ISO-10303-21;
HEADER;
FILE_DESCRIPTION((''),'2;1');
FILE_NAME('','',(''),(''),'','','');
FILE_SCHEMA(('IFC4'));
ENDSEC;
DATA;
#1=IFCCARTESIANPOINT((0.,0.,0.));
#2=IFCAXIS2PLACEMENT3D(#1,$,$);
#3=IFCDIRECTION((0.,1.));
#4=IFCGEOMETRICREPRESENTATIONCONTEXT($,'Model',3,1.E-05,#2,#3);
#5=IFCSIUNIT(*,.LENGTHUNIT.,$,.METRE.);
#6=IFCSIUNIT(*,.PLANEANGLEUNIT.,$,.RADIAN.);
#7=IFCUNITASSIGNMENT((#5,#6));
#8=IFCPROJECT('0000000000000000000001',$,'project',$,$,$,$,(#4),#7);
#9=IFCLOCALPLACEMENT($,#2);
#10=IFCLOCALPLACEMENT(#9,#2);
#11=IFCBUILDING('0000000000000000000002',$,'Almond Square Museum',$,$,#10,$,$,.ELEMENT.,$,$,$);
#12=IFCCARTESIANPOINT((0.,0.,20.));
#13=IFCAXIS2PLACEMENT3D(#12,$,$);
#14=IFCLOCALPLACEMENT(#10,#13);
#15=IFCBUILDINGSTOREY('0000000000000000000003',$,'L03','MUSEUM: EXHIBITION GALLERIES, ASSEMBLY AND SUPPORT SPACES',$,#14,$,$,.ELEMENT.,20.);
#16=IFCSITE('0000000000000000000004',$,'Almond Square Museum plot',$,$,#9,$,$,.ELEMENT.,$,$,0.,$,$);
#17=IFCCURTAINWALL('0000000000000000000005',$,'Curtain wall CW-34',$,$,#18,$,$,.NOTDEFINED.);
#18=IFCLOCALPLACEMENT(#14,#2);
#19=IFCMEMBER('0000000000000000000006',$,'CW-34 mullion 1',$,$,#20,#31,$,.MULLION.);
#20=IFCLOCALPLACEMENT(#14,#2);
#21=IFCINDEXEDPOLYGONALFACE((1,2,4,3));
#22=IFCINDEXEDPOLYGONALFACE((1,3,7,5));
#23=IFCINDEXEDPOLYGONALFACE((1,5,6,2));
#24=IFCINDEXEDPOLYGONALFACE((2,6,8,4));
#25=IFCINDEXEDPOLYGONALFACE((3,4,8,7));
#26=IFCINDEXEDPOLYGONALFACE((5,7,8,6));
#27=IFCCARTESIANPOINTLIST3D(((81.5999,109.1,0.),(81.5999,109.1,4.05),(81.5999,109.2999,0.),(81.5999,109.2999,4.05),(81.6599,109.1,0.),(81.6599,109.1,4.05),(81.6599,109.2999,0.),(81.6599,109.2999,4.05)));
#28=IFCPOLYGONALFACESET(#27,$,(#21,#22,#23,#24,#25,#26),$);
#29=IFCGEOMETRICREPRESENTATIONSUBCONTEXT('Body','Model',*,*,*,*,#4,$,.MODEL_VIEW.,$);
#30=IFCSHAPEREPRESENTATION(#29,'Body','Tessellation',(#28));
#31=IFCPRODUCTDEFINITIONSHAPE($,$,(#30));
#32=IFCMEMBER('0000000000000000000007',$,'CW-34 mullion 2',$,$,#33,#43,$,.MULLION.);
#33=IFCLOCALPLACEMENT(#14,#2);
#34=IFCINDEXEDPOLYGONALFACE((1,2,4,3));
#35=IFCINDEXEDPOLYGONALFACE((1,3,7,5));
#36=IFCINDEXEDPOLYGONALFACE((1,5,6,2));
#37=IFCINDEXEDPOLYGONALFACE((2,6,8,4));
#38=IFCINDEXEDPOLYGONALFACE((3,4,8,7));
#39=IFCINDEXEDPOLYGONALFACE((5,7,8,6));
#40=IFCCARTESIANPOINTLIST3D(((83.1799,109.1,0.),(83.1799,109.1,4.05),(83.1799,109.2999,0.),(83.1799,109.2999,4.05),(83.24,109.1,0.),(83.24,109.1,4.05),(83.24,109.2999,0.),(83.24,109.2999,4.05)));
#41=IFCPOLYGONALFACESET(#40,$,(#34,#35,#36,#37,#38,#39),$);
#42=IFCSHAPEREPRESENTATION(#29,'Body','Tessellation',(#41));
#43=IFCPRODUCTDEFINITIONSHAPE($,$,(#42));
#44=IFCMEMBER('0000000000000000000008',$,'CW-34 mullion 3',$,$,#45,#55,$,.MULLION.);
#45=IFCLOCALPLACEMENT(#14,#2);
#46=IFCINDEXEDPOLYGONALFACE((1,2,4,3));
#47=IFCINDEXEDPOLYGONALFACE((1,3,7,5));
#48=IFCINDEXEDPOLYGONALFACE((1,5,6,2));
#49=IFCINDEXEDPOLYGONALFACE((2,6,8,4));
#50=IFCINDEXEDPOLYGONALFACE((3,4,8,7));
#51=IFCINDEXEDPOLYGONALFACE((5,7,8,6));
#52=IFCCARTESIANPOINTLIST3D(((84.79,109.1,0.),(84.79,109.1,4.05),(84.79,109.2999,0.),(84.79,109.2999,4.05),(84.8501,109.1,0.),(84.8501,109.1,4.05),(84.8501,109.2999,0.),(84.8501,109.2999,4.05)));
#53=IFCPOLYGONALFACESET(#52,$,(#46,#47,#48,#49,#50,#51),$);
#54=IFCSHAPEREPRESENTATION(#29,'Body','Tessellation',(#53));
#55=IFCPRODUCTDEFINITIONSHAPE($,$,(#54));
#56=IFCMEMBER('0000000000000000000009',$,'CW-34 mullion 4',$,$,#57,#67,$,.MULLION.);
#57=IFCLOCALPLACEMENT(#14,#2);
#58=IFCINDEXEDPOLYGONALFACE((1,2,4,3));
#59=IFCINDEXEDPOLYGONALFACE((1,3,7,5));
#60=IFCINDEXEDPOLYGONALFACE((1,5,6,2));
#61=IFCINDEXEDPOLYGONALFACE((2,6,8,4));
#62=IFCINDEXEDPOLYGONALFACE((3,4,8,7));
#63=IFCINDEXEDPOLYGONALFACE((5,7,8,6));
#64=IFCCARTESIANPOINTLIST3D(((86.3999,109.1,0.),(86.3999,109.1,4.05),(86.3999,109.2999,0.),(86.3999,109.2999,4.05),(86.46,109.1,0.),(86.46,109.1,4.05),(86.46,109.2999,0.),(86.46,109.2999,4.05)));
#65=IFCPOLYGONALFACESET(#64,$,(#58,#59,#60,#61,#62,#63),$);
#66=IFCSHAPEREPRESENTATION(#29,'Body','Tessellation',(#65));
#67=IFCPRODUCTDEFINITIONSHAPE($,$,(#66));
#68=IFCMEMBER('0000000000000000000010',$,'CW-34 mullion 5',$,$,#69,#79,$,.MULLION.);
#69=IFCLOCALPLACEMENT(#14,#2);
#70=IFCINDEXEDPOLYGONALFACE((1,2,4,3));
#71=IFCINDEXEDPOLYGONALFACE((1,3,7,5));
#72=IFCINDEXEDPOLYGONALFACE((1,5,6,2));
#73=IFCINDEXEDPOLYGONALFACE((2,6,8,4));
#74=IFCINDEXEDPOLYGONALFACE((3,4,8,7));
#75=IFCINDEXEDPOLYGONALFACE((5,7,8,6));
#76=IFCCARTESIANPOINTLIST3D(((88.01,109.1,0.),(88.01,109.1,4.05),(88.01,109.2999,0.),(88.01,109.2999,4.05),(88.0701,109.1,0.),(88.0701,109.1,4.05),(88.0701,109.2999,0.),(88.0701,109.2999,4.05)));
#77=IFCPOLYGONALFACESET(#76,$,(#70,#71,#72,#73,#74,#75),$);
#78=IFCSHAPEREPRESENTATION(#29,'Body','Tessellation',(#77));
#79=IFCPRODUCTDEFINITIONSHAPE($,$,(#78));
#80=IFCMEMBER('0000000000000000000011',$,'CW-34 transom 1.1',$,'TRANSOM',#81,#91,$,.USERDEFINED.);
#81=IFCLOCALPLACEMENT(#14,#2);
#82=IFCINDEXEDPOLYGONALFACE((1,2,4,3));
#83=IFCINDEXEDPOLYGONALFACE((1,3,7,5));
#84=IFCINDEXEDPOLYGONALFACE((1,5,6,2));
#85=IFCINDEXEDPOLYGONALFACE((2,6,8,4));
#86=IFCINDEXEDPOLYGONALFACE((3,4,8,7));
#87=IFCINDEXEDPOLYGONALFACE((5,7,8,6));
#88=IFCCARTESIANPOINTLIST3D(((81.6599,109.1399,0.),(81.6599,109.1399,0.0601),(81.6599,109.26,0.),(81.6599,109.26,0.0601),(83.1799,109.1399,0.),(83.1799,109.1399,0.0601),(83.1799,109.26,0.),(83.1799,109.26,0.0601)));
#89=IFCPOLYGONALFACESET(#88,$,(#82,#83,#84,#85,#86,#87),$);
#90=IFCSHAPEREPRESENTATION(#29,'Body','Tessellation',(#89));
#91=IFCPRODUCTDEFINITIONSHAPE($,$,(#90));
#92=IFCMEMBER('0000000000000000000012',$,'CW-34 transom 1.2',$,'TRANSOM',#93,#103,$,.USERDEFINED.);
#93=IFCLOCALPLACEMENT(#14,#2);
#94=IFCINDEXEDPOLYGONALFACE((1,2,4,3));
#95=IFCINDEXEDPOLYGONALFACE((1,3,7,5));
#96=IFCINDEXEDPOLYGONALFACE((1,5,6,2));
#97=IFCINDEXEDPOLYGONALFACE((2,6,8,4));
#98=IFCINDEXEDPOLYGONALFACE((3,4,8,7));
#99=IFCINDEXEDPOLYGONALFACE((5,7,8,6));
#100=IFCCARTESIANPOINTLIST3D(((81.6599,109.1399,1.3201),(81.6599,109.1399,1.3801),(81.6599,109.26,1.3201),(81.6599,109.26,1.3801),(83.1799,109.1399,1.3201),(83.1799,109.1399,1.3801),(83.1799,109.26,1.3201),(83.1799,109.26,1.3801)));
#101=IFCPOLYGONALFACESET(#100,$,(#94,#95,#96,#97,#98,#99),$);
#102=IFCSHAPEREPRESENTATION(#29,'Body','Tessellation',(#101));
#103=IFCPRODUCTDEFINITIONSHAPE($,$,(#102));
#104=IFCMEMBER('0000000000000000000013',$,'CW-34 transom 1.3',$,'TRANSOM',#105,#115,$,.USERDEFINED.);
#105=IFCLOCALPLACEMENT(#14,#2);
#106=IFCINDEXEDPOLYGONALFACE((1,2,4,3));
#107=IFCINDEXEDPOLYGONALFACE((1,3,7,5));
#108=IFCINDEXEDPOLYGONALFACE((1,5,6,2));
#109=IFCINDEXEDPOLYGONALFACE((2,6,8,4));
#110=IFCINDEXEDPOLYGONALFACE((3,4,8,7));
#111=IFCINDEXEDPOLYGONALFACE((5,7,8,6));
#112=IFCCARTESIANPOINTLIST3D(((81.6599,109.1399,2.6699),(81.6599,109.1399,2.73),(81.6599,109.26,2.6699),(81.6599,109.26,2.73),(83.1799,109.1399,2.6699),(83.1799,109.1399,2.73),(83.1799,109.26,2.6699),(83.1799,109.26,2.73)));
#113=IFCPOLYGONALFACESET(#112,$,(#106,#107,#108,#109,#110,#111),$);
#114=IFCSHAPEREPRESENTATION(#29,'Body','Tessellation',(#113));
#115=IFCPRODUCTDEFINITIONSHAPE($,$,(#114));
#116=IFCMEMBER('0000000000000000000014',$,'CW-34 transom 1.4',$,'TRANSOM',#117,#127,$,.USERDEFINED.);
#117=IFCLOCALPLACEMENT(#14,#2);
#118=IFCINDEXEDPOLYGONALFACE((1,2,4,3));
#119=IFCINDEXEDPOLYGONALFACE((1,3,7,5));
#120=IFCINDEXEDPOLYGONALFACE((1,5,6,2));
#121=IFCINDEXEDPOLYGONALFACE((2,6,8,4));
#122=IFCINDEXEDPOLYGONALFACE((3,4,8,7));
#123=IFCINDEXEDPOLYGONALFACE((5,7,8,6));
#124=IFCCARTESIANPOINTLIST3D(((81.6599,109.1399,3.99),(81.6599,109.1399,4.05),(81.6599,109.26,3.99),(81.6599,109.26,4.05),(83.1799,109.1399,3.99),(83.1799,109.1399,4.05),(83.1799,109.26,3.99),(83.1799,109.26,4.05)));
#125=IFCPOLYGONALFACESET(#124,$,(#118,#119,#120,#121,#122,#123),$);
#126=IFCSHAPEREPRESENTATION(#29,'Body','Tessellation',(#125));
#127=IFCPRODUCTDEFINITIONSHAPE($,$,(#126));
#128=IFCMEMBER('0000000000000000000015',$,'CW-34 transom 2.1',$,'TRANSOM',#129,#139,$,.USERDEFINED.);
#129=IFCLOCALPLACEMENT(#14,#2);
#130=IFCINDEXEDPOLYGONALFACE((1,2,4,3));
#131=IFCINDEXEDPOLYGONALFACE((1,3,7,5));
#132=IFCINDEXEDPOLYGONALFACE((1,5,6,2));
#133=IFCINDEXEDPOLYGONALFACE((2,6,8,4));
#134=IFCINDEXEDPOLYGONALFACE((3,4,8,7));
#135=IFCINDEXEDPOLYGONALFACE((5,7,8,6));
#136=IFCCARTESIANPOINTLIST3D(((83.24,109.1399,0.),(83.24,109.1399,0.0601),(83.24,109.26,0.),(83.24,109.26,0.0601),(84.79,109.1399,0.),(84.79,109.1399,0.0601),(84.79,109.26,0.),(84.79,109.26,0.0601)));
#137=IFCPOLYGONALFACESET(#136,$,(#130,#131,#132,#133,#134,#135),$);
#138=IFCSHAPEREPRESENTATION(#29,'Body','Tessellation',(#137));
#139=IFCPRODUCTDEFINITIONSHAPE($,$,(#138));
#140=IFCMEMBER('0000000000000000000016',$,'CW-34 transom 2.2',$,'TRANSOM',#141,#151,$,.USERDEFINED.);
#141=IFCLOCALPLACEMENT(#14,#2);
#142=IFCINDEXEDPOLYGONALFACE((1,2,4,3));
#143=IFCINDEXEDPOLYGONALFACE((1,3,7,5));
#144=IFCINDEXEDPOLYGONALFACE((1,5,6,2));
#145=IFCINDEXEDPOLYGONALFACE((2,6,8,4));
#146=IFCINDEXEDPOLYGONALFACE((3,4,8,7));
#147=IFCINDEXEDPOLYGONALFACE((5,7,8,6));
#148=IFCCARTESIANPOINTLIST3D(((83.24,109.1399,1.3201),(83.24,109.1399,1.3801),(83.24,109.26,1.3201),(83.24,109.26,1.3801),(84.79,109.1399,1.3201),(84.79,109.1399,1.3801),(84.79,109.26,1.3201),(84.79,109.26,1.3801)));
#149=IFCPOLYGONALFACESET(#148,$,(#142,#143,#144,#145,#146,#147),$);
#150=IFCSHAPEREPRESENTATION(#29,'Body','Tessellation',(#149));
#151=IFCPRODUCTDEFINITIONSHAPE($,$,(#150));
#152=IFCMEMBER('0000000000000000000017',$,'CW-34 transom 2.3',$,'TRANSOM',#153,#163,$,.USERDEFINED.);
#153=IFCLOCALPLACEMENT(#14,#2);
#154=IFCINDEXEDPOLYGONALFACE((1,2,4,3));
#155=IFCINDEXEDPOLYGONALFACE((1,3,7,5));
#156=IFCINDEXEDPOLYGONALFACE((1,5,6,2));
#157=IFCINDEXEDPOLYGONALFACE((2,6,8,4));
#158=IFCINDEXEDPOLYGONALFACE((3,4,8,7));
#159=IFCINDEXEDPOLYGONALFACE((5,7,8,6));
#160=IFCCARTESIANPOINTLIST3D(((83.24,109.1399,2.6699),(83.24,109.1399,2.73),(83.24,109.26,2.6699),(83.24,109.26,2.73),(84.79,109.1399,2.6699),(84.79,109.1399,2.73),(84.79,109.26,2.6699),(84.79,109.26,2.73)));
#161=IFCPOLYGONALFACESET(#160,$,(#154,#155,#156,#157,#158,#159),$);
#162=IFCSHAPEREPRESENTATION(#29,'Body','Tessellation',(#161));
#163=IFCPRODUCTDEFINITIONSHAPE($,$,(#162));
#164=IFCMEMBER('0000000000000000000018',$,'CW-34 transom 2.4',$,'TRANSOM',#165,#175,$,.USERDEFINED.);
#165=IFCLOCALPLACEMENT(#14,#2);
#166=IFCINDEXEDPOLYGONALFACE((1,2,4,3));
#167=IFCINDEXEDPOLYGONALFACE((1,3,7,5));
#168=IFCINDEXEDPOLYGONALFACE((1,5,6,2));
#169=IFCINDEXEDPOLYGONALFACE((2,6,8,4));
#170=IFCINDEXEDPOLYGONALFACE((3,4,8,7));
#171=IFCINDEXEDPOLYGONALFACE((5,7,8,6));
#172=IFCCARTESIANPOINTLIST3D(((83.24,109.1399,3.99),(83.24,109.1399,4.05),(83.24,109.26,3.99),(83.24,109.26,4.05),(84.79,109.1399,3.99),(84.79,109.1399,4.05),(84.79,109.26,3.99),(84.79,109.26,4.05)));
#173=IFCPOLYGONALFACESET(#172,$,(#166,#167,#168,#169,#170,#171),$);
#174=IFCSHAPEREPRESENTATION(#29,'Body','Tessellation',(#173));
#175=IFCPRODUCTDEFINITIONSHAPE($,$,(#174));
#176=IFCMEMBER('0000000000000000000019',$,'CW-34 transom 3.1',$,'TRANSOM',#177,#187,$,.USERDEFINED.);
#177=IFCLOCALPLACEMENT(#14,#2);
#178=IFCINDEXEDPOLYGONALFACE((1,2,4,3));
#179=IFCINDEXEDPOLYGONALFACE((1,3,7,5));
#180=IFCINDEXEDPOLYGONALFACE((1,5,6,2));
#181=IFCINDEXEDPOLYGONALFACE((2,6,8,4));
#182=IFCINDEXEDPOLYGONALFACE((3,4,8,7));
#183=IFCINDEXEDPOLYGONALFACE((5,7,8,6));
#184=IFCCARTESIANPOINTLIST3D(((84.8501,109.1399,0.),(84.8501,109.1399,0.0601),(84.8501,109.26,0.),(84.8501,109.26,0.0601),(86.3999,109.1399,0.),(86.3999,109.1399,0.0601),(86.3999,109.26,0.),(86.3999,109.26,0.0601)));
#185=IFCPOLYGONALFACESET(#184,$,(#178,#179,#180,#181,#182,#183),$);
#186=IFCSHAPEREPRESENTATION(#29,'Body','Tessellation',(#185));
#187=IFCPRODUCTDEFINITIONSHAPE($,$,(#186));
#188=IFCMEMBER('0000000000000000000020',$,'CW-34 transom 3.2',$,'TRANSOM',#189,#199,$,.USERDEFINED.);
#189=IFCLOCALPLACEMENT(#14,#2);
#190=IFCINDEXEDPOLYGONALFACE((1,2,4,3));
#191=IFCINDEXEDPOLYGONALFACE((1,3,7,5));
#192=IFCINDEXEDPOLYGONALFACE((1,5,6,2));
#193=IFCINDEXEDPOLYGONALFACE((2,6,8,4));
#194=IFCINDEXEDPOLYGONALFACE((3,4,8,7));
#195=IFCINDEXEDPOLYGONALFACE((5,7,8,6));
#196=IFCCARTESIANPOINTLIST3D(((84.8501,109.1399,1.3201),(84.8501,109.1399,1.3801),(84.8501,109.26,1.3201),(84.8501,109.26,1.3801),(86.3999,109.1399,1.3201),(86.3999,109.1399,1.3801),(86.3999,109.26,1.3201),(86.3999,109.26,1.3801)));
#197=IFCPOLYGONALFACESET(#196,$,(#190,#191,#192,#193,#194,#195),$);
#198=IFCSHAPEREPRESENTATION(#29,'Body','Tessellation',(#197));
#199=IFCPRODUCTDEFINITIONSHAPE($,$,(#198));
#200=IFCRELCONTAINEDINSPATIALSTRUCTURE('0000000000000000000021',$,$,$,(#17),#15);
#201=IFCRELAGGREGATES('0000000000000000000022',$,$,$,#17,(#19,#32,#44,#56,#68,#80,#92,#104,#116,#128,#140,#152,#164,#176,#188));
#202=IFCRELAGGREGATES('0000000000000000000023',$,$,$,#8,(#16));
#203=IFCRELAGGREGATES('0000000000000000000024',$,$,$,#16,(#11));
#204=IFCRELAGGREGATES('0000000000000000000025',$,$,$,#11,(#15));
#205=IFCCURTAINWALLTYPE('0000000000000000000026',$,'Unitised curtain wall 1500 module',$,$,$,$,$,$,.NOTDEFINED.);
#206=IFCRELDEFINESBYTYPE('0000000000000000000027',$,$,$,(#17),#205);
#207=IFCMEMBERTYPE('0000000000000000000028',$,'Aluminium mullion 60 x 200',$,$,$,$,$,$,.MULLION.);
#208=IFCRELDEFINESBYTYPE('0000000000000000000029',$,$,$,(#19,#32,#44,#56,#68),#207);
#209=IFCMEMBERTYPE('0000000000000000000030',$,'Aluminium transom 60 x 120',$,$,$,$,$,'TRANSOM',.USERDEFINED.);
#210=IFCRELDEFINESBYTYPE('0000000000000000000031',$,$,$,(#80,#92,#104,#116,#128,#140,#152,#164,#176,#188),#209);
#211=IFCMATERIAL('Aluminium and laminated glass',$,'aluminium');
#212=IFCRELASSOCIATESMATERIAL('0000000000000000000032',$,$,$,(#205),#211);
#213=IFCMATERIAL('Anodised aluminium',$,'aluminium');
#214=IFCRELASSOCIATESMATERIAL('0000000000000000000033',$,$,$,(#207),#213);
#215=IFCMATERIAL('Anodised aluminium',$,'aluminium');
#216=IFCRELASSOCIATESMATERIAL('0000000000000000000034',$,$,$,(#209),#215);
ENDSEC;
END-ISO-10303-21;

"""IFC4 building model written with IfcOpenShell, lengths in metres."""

from ifc_helpers import new_model, si_unit, direction, frame, origin, origin_2d, place, context, subcontext, project, spatial, rectangle, extrude, material, material_profile, profile_set, type_object, element, aggregate, save


model = new_model("IFC4")

# Units and contexts
model_context = context("Model", 3, precision=1e-05, world=origin(), true_north=direction((0.0, 1.0)))
body_context = subcontext(model_context, "Body", "Model", "MODEL_VIEW")
ifc_project = project(units=[si_unit("LENGTHUNIT", "METRE"), si_unit("PLANEANGLEUNIT", "RADIAN")], contexts=[model_context])

# Site, building, storey
site_placement = place(None, origin())
site = spatial("IfcSite", under=ifc_project, at=site_placement, Name="Almond Square Museum plot", CompositionType="ELEMENT", RefElevation=0.0)
building_placement = place(site_placement, origin())
building = spatial("IfcBuilding", under=site, at=building_placement, Name="Almond Square Museum", CompositionType="ELEMENT")
storey_placement = place(building_placement, frame((0.0, 0.0, 20.0)))
storey = spatial("IfcBuildingStorey", under=building, at=storey_placement, Name="L03", Description="MUSEUM: EXHIBITION GALLERIES, ASSEMBLY AND SUPPORT SPACES", CompositionType="ELEMENT", Elevation=20.0)

# Curtain wall, members
ifc_material_1 = material(Name="Aluminium and laminated glass", Category="aluminium")
curtain_wall_type = type_object("IfcCurtainWallType", Name="Unitised curtain wall 1500 module", PredefinedType="NOTDEFINED", material=ifc_material_1)
curtain_wall_placement = place(storey_placement, origin())
curtain_wall = element("IfcCurtainWall", 1, at=curtain_wall_placement, inside=storey, type_object=curtain_wall_type, Name="Curtain wall CW-34", PredefinedType="NOTDEFINED")
ifc_material_2 = material(Name="Anodised aluminium", Category="aluminium")
ifc_material_profile_1 = material_profile(ifc_material_2, rectangle(XDim=0.2, YDim=0.0601, at=origin_2d()))
ifc_profile_set_1 = profile_set([ifc_material_profile_1], Name="Anodised aluminium")
member_type_1 = type_object("IfcMemberType", Name="Aluminium mullion 60 x 200", PredefinedType="MULLION", material=ifc_profile_set_1)
member_1_placement = place(storey_placement, frame((81.6299, 109.2, 0.0), z_axis=(0.0, 0.0, 1.0), x_axis=(0.0, 1.0, 0.0)))
member_1 = element("IfcMember", 2, at=member_1_placement, type_object=member_type_1, Name="CW-34 mullion 1", PredefinedType="MULLION", context=body_context, shape_type="SweptSolid", body=[
    extrude(rectangle(XDim=0.2, YDim=0.0601, at=origin_2d()), origin(), (0.0, 0.0, 1.0), 4.05),
])
member_2_placement = place(storey_placement, frame((83.21, 109.2, 0.0), z_axis=(0.0, 0.0, 1.0), x_axis=(0.0, 1.0, 0.0)))
member_2 = element("IfcMember", 3, at=member_2_placement, type_object=member_type_1, Name="CW-34 mullion 2", PredefinedType="MULLION", context=body_context, shape_type="SweptSolid", body=[
    extrude(rectangle(XDim=0.2, YDim=0.0601, at=origin_2d()), origin(), (0.0, 0.0, 1.0), 4.05),
])
member_3_placement = place(storey_placement, frame((84.8201, 109.2, 0.0), z_axis=(0.0, 0.0, 1.0), x_axis=(0.0, 1.0, 0.0)))
member_3 = element("IfcMember", 4, at=member_3_placement, type_object=member_type_1, Name="CW-34 mullion 3", PredefinedType="MULLION", context=body_context, shape_type="SweptSolid", body=[
    extrude(rectangle(XDim=0.2, YDim=0.0601, at=origin_2d()), origin(), (0.0, 0.0, 1.0), 4.05),
])
member_4_placement = place(storey_placement, frame((86.4299, 109.2, 0.0), z_axis=(0.0, 0.0, 1.0), x_axis=(0.0, 1.0, 0.0)))
member_4 = element("IfcMember", 5, at=member_4_placement, type_object=member_type_1, Name="CW-34 mullion 4", PredefinedType="MULLION", context=body_context, shape_type="SweptSolid", body=[
    extrude(rectangle(XDim=0.2, YDim=0.0601, at=origin_2d()), origin(), (0.0, 0.0, 1.0), 4.05),
])
member_5_placement = place(storey_placement, frame((88.04, 109.2, 0.0), z_axis=(0.0, 0.0, 1.0), x_axis=(0.0, 1.0, 0.0)))
member_5 = element("IfcMember", 6, at=member_5_placement, type_object=member_type_1, Name="CW-34 mullion 5", PredefinedType="MULLION", context=body_context, shape_type="SweptSolid", body=[
    extrude(rectangle(XDim=0.2, YDim=0.0601, at=origin_2d()), origin(), (0.0, 0.0, 1.0), 4.05),
])
ifc_material_3 = material(Name="Anodised aluminium", Category="aluminium")
ifc_material_profile_2 = material_profile(ifc_material_3, rectangle(XDim=0.1201, YDim=0.0601, at=origin_2d()))
ifc_profile_set_2 = profile_set([ifc_material_profile_2], Name="Anodised aluminium")
member_type_2 = type_object("IfcMemberType", Name="Aluminium transom 60 x 120", ElementType="TRANSOM", PredefinedType="USERDEFINED", material=ifc_profile_set_2)
member_6_placement = place(storey_placement, frame((81.6599, 109.2, 0.03), z_axis=(1.0, 0.0, 0.0), x_axis=(0.0, 1.0, 0.0)))
member_6 = element("IfcMember", 7, at=member_6_placement, type_object=member_type_2, Name="CW-34 transom 1.1", ObjectType="TRANSOM", PredefinedType="USERDEFINED", context=body_context, shape_type="SweptSolid", body=[
    extrude(rectangle(XDim=0.1201, YDim=0.0601, at=origin_2d()), origin(), (0.0, 0.0, 1.0), 1.52),
])
member_7_placement = place(storey_placement, frame((81.6599, 109.2, 1.3501), z_axis=(1.0, 0.0, 0.0), x_axis=(0.0, 1.0, 0.0)))
member_7 = element("IfcMember", 8, at=member_7_placement, type_object=member_type_2, Name="CW-34 transom 1.2", ObjectType="TRANSOM", PredefinedType="USERDEFINED", context=body_context, shape_type="SweptSolid", body=[
    extrude(rectangle(XDim=0.1201, YDim=0.0601, at=origin_2d()), origin(), (0.0, 0.0, 1.0), 1.52),
])
member_8_placement = place(storey_placement, frame((81.6599, 109.2, 2.7), z_axis=(1.0, 0.0, 0.0), x_axis=(0.0, 1.0, 0.0)))
member_8 = element("IfcMember", 9, at=member_8_placement, type_object=member_type_2, Name="CW-34 transom 1.3", ObjectType="TRANSOM", PredefinedType="USERDEFINED", context=body_context, shape_type="SweptSolid", body=[
    extrude(rectangle(XDim=0.1201, YDim=0.0601, at=origin_2d()), origin(), (0.0, 0.0, 1.0), 1.52),
])
member_9_placement = place(storey_placement, frame((81.6599, 109.2, 4.02), z_axis=(1.0, 0.0, 0.0), x_axis=(0.0, 1.0, 0.0)))
member_9 = element("IfcMember", 10, at=member_9_placement, type_object=member_type_2, Name="CW-34 transom 1.4", ObjectType="TRANSOM", PredefinedType="USERDEFINED", context=body_context, shape_type="SweptSolid", body=[
    extrude(rectangle(XDim=0.1201, YDim=0.0601, at=origin_2d()), origin(), (0.0, 0.0, 1.0), 1.52),
])
member_10_placement = place(storey_placement, frame((83.24, 109.2, 0.03), z_axis=(1.0, 0.0, 0.0), x_axis=(0.0, 1.0, 0.0)))
member_10 = element("IfcMember", 11, at=member_10_placement, type_object=member_type_2, Name="CW-34 transom 2.1", ObjectType="TRANSOM", PredefinedType="USERDEFINED", context=body_context, shape_type="SweptSolid", body=[
    extrude(rectangle(XDim=0.1201, YDim=0.0601, at=origin_2d()), origin(), (0.0, 0.0, 1.0), 1.55),
])
member_11_placement = place(storey_placement, frame((83.24, 109.2, 1.3501), z_axis=(1.0, 0.0, 0.0), x_axis=(0.0, 1.0, 0.0)))
member_11 = element("IfcMember", 12, at=member_11_placement, type_object=member_type_2, Name="CW-34 transom 2.2", ObjectType="TRANSOM", PredefinedType="USERDEFINED", context=body_context, shape_type="SweptSolid", body=[
    extrude(rectangle(XDim=0.1201, YDim=0.0601, at=origin_2d()), origin(), (0.0, 0.0, 1.0), 1.55),
])
member_12_placement = place(storey_placement, frame((83.24, 109.2, 2.7), z_axis=(1.0, 0.0, 0.0), x_axis=(0.0, 1.0, 0.0)))
member_12 = element("IfcMember", 13, at=member_12_placement, type_object=member_type_2, Name="CW-34 transom 2.3", ObjectType="TRANSOM", PredefinedType="USERDEFINED", context=body_context, shape_type="SweptSolid", body=[
    extrude(rectangle(XDim=0.1201, YDim=0.0601, at=origin_2d()), origin(), (0.0, 0.0, 1.0), 1.55),
])
member_13_placement = place(storey_placement, frame((83.24, 109.2, 4.02), z_axis=(1.0, 0.0, 0.0), x_axis=(0.0, 1.0, 0.0)))
member_13 = element("IfcMember", 14, at=member_13_placement, type_object=member_type_2, Name="CW-34 transom 2.4", ObjectType="TRANSOM", PredefinedType="USERDEFINED", context=body_context, shape_type="SweptSolid", body=[
    extrude(rectangle(XDim=0.1201, YDim=0.0601, at=origin_2d()), origin(), (0.0, 0.0, 1.0), 1.55),
])
member_14_placement = place(storey_placement, frame((84.8501, 109.2, 0.03), z_axis=(1.0, 0.0, 0.0), x_axis=(0.0, 1.0, 0.0)))
member_14 = element("IfcMember", 15, at=member_14_placement, type_object=member_type_2, Name="CW-34 transom 3.1", ObjectType="TRANSOM", PredefinedType="USERDEFINED", context=body_context, shape_type="SweptSolid", body=[
    extrude(rectangle(XDim=0.1201, YDim=0.0601, at=origin_2d()), origin(), (0.0, 0.0, 1.0), 1.5498),
])
member_15_placement = place(storey_placement, frame((84.8501, 109.2, 1.3501), z_axis=(1.0, 0.0, 0.0), x_axis=(0.0, 1.0, 0.0)))
member_15 = element("IfcMember", 16, at=member_15_placement, type_object=member_type_2, Name="CW-34 transom 3.2", ObjectType="TRANSOM", PredefinedType="USERDEFINED", context=body_context, shape_type="SweptSolid", body=[
    extrude(rectangle(XDim=0.1201, YDim=0.0601, at=origin_2d()), origin(), (0.0, 0.0, 1.0), 1.5498),
])

aggregate(curtain_wall, [member_1, member_2, member_3, member_4, member_5, member_6, member_7, member_8, member_9, member_10, member_11, member_12, member_13, member_14, member_15])

save(model, "model.ifc")
